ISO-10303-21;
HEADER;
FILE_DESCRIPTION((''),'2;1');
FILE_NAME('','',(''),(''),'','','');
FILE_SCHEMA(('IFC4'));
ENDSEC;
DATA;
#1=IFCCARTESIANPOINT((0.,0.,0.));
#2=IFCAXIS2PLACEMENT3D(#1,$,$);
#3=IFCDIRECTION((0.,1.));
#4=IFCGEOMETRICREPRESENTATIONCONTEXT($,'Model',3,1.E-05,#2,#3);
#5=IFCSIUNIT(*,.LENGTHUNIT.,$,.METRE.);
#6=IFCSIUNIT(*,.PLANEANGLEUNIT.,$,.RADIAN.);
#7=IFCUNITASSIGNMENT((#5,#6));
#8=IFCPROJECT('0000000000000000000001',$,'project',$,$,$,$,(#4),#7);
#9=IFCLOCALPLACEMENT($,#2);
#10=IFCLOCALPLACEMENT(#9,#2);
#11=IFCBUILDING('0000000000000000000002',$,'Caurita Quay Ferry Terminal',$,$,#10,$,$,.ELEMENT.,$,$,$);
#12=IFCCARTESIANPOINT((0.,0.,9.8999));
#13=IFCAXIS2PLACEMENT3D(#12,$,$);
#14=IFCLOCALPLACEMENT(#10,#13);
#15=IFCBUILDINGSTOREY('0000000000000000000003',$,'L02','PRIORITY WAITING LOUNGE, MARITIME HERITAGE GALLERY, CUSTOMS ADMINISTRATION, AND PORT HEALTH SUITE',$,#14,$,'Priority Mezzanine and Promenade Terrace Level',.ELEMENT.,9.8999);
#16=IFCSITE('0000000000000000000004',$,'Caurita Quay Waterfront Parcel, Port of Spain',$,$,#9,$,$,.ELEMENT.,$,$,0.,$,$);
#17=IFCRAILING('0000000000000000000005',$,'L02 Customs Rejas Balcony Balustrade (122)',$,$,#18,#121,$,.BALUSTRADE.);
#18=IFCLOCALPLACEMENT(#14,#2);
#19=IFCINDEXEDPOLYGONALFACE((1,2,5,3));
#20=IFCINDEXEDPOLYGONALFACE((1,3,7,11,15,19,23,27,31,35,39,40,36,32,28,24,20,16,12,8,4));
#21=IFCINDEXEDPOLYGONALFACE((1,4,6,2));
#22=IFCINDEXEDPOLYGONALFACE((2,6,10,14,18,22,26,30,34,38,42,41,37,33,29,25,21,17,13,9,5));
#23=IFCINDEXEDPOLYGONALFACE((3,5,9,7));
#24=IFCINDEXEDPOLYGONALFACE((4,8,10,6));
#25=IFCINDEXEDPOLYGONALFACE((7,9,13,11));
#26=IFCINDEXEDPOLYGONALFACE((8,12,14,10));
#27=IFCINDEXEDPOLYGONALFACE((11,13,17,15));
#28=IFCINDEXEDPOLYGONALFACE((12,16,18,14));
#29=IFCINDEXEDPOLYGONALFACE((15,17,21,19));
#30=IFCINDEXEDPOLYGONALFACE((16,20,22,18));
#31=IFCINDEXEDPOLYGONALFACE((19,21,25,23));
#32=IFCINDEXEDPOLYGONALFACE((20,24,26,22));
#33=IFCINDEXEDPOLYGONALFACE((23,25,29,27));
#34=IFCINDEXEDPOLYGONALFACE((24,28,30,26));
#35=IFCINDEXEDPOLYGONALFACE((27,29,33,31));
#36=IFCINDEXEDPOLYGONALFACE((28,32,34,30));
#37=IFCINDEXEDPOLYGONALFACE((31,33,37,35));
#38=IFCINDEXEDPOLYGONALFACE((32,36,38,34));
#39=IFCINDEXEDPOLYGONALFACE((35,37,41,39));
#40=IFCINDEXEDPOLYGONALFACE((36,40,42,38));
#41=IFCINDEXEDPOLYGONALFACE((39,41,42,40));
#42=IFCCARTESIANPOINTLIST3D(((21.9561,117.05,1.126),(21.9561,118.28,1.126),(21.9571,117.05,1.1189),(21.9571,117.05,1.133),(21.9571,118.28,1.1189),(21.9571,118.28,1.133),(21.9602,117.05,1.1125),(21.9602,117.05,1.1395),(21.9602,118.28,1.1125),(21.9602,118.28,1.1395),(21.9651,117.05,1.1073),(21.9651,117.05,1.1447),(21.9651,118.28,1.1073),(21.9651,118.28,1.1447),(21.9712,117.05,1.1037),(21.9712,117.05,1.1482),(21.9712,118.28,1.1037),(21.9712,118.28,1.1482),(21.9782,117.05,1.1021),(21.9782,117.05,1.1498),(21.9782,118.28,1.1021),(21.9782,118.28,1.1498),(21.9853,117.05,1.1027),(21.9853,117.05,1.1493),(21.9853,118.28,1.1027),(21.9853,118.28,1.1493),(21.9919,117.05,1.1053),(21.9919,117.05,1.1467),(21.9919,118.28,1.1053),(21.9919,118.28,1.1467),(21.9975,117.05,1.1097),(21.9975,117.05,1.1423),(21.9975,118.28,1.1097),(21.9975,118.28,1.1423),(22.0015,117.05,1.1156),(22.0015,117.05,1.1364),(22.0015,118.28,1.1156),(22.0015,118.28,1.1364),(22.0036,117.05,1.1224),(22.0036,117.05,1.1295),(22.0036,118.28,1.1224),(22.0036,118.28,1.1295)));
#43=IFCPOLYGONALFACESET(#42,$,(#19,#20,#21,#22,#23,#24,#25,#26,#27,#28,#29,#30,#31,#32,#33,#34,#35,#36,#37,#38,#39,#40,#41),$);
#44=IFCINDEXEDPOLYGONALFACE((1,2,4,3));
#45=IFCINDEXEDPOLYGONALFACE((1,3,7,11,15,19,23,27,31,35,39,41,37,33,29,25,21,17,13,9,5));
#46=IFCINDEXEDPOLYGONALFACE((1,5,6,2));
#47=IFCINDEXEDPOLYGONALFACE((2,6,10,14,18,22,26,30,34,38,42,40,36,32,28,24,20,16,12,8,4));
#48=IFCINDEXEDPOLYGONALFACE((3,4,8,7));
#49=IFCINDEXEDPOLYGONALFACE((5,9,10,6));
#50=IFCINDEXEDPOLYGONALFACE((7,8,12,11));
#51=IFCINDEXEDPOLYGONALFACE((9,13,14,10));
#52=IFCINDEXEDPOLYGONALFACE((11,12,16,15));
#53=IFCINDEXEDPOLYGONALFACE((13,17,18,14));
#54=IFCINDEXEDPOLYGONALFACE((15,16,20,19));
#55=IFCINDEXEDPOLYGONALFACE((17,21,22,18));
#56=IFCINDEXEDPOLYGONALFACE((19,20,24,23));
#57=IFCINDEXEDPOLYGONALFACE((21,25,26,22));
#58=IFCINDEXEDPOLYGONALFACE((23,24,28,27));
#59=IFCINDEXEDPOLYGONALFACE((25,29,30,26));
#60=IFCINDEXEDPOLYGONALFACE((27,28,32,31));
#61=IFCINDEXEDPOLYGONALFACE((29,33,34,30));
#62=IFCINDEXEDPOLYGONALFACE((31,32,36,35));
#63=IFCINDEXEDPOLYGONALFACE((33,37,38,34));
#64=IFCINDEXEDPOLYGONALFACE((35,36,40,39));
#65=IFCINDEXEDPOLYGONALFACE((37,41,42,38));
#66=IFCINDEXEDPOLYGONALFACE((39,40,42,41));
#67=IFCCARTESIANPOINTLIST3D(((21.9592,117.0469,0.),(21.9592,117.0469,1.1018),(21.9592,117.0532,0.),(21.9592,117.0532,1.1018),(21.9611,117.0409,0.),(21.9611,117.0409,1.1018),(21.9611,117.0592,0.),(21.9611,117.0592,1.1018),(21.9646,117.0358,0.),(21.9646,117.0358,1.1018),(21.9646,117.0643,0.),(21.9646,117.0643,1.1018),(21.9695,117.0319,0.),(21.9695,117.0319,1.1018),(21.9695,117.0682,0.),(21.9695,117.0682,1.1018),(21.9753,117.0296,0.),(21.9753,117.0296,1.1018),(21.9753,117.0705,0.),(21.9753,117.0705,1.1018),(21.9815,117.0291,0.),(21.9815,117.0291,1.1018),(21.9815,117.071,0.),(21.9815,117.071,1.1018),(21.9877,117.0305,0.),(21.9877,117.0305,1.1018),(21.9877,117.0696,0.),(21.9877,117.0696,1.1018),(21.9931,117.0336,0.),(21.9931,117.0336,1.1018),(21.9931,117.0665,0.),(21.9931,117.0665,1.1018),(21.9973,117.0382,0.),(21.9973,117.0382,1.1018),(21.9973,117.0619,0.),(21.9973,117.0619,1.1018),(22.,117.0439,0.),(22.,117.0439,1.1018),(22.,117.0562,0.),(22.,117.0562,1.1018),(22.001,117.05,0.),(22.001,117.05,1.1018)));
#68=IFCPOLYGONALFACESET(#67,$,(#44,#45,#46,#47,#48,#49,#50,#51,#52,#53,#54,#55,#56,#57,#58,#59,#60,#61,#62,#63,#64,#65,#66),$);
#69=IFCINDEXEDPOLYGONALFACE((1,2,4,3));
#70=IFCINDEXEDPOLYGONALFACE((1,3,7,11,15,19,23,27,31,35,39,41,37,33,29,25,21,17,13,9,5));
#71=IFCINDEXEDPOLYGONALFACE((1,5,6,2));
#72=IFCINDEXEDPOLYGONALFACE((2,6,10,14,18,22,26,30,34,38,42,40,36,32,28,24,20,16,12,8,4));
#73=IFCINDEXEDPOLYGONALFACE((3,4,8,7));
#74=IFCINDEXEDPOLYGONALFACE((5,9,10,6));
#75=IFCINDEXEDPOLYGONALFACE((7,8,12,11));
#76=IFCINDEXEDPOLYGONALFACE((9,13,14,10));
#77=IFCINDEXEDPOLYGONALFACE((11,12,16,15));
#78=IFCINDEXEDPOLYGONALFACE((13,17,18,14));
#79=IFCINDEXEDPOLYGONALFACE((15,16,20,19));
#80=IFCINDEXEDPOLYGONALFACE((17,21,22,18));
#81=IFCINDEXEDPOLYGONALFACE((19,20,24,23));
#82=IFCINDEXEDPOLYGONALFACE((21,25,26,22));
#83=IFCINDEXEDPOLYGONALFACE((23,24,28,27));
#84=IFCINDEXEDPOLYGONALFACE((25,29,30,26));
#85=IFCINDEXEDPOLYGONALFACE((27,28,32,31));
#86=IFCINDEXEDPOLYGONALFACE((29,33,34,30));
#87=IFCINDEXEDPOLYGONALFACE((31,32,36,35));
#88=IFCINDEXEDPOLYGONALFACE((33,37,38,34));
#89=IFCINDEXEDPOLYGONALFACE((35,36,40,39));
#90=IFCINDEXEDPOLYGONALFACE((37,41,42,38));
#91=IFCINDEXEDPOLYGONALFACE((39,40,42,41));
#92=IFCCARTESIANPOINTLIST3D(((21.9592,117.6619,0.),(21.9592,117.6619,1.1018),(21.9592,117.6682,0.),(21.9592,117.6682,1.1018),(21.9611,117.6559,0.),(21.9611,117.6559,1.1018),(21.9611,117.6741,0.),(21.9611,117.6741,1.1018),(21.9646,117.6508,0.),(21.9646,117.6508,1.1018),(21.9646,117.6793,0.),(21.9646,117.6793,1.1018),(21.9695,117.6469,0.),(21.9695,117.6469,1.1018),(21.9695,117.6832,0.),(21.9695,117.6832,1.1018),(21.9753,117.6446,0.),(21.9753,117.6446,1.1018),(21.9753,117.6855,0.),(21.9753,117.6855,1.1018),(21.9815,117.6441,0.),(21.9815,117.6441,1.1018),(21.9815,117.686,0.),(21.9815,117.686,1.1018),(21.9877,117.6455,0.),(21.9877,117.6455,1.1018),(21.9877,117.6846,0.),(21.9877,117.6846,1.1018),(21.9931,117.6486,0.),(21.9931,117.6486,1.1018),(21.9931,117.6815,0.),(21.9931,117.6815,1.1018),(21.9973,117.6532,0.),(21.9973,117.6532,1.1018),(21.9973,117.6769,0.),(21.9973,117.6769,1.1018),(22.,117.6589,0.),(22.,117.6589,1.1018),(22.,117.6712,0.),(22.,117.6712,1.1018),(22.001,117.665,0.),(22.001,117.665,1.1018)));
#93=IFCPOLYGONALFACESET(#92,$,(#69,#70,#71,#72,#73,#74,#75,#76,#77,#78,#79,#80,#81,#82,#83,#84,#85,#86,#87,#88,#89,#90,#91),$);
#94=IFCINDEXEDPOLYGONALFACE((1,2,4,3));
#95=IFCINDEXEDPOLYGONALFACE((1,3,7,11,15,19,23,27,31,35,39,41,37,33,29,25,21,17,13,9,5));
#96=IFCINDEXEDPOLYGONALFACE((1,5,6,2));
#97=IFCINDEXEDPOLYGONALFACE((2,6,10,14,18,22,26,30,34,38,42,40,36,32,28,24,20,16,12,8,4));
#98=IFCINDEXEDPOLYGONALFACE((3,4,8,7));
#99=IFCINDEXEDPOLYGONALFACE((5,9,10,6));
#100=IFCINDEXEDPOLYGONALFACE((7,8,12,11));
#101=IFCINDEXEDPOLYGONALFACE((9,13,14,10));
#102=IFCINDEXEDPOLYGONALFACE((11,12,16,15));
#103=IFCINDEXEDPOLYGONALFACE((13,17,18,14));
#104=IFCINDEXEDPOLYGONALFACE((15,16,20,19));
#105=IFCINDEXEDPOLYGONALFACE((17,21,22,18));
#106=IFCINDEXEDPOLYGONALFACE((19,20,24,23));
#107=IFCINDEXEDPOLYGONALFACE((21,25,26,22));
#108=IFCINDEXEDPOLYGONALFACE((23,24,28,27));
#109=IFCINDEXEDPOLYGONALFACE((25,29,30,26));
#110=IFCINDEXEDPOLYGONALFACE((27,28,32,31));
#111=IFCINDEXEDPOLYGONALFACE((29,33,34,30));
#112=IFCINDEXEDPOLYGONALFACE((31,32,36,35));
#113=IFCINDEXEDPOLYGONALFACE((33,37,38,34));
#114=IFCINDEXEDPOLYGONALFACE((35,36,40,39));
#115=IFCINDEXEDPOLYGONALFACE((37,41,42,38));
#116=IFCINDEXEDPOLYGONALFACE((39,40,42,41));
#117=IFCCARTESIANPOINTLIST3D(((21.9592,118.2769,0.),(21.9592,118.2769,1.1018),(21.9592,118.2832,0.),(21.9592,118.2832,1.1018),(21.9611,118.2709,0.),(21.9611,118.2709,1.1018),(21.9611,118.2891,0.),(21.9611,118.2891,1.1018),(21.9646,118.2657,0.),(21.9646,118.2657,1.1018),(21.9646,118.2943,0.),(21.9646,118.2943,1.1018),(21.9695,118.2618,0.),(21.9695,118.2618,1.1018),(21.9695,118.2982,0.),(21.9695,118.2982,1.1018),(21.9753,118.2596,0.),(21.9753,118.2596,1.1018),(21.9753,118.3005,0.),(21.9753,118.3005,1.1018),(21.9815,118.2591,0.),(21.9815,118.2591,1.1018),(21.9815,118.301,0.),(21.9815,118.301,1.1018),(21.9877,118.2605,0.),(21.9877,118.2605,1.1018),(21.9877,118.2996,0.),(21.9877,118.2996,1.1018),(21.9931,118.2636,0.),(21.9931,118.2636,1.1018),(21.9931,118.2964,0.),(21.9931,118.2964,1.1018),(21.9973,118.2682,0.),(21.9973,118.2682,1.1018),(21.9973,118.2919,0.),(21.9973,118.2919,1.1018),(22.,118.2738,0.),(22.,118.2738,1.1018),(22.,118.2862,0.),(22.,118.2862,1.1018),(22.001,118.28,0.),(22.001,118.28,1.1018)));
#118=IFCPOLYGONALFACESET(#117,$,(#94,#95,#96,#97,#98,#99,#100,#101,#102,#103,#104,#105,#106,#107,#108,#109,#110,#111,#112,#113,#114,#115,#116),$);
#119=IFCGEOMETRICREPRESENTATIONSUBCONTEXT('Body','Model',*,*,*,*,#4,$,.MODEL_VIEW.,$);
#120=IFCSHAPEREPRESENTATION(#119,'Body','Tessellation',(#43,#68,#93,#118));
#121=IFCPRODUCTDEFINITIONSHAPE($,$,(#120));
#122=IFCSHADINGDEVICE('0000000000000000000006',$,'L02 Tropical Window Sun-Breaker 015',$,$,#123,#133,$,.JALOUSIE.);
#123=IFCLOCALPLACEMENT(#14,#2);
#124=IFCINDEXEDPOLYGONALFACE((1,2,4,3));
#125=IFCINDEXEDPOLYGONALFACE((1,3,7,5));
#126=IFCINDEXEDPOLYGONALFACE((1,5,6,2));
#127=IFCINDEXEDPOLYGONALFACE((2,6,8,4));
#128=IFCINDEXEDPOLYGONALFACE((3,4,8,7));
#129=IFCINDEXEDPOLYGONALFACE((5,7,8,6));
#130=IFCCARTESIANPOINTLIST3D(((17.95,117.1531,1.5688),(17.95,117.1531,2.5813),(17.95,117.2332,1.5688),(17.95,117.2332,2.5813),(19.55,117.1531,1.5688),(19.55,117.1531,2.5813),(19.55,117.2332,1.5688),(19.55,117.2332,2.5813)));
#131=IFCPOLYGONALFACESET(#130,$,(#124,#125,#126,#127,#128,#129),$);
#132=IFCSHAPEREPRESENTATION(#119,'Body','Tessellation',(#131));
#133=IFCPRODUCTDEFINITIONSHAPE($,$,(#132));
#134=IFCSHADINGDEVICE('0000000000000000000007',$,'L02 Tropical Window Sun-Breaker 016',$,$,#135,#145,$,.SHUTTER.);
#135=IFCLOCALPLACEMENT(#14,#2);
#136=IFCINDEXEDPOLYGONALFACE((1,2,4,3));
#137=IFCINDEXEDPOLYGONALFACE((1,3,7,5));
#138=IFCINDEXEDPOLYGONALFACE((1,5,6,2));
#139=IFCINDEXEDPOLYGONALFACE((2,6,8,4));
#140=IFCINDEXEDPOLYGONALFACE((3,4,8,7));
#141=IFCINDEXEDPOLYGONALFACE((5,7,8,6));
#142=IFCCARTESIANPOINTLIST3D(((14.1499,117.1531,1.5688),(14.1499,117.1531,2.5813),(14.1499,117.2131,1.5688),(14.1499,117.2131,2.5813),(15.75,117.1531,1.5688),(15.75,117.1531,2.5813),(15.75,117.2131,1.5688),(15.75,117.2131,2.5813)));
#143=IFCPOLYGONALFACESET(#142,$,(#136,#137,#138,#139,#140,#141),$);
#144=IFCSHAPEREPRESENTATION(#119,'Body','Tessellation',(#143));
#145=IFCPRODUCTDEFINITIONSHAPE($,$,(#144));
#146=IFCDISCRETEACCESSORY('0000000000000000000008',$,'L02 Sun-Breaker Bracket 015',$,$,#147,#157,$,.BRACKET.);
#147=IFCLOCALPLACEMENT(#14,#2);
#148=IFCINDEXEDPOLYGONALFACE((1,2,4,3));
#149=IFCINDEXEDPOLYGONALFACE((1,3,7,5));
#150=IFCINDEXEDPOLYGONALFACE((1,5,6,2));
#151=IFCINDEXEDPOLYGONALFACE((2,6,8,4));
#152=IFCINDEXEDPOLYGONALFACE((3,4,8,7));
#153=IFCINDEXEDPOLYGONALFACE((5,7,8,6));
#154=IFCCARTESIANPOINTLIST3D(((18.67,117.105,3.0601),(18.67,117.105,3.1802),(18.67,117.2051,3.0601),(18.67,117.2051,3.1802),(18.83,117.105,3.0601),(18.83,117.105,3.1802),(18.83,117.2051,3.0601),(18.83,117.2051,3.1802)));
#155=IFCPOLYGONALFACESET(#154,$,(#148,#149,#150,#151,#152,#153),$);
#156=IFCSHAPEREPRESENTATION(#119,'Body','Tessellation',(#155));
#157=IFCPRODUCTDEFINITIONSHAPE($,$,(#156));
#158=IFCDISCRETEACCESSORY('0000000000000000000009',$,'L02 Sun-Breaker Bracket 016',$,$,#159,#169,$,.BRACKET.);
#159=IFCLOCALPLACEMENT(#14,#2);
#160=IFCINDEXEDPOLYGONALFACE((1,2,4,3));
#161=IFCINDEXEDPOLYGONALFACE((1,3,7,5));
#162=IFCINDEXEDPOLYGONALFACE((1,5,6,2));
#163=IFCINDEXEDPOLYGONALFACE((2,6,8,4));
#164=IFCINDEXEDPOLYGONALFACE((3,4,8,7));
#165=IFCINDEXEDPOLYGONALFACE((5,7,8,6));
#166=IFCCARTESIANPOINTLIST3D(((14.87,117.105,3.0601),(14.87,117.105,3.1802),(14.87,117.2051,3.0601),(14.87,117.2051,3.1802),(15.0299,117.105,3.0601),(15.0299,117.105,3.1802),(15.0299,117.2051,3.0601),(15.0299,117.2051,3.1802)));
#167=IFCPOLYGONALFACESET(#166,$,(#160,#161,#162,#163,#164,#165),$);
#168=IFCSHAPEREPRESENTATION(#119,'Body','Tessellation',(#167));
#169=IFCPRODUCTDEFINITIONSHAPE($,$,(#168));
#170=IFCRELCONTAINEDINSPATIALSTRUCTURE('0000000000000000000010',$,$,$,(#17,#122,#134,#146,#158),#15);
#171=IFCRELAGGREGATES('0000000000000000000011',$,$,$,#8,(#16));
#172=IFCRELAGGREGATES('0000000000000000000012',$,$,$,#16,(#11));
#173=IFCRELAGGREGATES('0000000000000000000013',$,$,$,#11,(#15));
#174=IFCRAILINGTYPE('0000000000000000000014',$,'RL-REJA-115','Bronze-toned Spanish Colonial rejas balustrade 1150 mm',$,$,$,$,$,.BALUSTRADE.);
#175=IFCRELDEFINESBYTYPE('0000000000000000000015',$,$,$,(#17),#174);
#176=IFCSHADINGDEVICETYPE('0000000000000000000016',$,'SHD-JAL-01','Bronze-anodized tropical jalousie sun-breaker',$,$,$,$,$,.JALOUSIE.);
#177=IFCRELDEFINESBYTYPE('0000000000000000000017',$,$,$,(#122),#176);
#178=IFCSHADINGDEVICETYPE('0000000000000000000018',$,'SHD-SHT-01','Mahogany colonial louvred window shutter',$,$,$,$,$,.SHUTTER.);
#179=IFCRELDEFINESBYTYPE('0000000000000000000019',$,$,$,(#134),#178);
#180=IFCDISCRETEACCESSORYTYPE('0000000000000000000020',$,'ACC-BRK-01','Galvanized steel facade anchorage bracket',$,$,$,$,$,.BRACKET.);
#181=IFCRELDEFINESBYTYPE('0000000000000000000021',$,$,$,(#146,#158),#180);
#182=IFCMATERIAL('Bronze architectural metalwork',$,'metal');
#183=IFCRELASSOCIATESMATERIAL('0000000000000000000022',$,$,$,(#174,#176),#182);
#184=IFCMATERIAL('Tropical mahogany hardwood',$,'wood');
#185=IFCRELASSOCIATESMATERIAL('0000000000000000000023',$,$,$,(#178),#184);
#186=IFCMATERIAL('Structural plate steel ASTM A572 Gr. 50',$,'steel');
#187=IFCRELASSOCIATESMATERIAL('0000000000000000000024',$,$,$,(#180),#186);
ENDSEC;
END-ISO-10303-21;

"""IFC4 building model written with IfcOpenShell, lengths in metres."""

from ifc_helpers import new_model, si_unit, direction, frame, origin, origin_2d, place, context, subcontext, project, spatial, rectangle, circle, extrude, material, type_object, element, save


model = new_model("IFC4")

# Units and contexts
model_context = context("Model", 3, precision=1e-05, world=origin(), true_north=direction((0.0, 1.0)))
body_context = subcontext(model_context, "Body", "Model", "MODEL_VIEW")
ifc_project = project(units=[si_unit("LENGTHUNIT", "METRE"), si_unit("PLANEANGLEUNIT", "RADIAN")], contexts=[model_context])

# Site, building, storey
site_placement = place(None, origin())
site = spatial("IfcSite", under=ifc_project, at=site_placement, Name="Caurita Quay Waterfront Parcel, Port of Spain", CompositionType="ELEMENT", RefElevation=0.0)
building_placement = place(site_placement, origin())
building = spatial("IfcBuilding", under=site, at=building_placement, Name="Caurita Quay Ferry Terminal", CompositionType="ELEMENT")
storey_placement = place(building_placement, frame((0.0, 0.0, 9.8999)))
storey = spatial("IfcBuildingStorey", under=building, at=storey_placement, Name="L02", Description="PRIORITY WAITING LOUNGE, MARITIME HERITAGE GALLERY, CUSTOMS ADMINISTRATION, AND PORT HEALTH SUITE", LongName="Priority Mezzanine and Promenade Terrace Level", CompositionType="ELEMENT", Elevation=9.8999)

# Shared definitions
ifc_material_1 = material(Name="Bronze architectural metalwork", Category="metal")

# Shared definitions
ifc_material_2 = material(Name="Tropical mahogany hardwood", Category="wood")

# Railing
railing_type = type_object("IfcRailingType", Name="RL-REJA-115", Description="Bronze-toned Spanish Colonial rejas balustrade 1150 mm", PredefinedType="BALUSTRADE", material=ifc_material_1)
railing_1_placement = place(storey_placement, frame((21.98, 117.05, 0.0)))
element("IfcRailing", 1, at=railing_1_placement, inside=storey, type_object=railing_type, Name="L02 Customs Rejas Balcony Balustrade (122)", PredefinedType="BALUSTRADE", context=body_context, shape_type="SweptSolid", body=[
    extrude(circle(Radius=0.0239, at=origin_2d()), frame((0.0, 0.0, 1.126), z_axis=(0.0, 1.0, 0.0), x_axis=(-1.0, 0.0, 0.0)), (0.0, 0.0, 1.0), 1.23),
    extrude(circle(Radius=0.021, at=origin_2d()), origin(), (0.0, 0.0, 1.0), 1.1018),
    extrude(circle(Radius=0.021, at=origin_2d()), frame((0.0, 0.615, 0.0)), (0.0, 0.0, 1.0), 1.1018),
    extrude(circle(Radius=0.021, at=origin_2d()), frame((0.0, 1.23, 0.0)), (0.0, 0.0, 1.0), 1.1018),
])

# Shading devices
shading_device_type_1 = type_object("IfcShadingDeviceType", Name="SHD-JAL-01", Description="Bronze-anodized tropical jalousie sun-breaker", PredefinedType="JALOUSIE", material=ifc_material_1)
shading_device_1_placement = place(storey_placement, frame((18.75, 117.1931, 1.5688), z_axis=(0.0, 0.0, 1.0), x_axis=(-1.0, 0.0, 0.0)))
element("IfcShadingDevice", 2, at=shading_device_1_placement, inside=storey, type_object=shading_device_type_1, Name="L02 Tropical Window Sun-Breaker 015", PredefinedType="JALOUSIE", context=body_context, shape_type="SweptSolid", body=[
    extrude(rectangle(XDim=1.6001, YDim=0.0801, at=origin_2d()), origin(), (0.0, 0.0, 1.0), 1.0125),
])
shading_device_type_2 = type_object("IfcShadingDeviceType", Name="SHD-SHT-01", Description="Mahogany colonial louvred window shutter", PredefinedType="SHUTTER", material=ifc_material_2)
shading_device_2_placement = place(storey_placement, frame((14.95, 117.1831, 1.5688), z_axis=(0.0, 0.0, 1.0), x_axis=(-1.0, 0.0, 0.0)))
element("IfcShadingDevice", 3, at=shading_device_2_placement, inside=storey, type_object=shading_device_type_2, Name="L02 Tropical Window Sun-Breaker 016", PredefinedType="SHUTTER", context=body_context, shape_type="SweptSolid", body=[
    extrude(rectangle(XDim=1.6001, YDim=0.0601, at=origin_2d()), origin(), (0.0, 0.0, 1.0), 1.0125),
])

# Discrete accessories
ifc_material_3 = material(Name="Structural plate steel ASTM A572 Gr. 50", Category="steel")
discrete_accessory_type = type_object("IfcDiscreteAccessoryType", Name="ACC-BRK-01", Description="Galvanized steel facade anchorage bracket", PredefinedType="BRACKET", material=ifc_material_3)
for number, where, z_axis, x_axis, name in (
    (4, (18.75, 117.155, 3.0601), (0.0, 0.0, 1.0), (-1.0, 0.0, 0.0), "L02 Sun-Breaker Bracket 015"),
    (5, (14.95, 117.155, 3.0601), (0.0, 0.0, 1.0), (-1.0, 0.0, 0.0), "L02 Sun-Breaker Bracket 016"),
):
    element("IfcDiscreteAccessory", number, at=place(storey_placement, frame(where, z_axis=z_axis, x_axis=x_axis)), inside=storey, type_object=discrete_accessory_type, Name=name, PredefinedType="BRACKET", context=body_context, shape_type="SweptSolid", body=[
        extrude(rectangle(XDim=0.1599, YDim=0.1001, at=origin_2d()), origin(), (0.0, 0.0, 1.0), 0.1201),
    ])

save(model, "model.ifc")
